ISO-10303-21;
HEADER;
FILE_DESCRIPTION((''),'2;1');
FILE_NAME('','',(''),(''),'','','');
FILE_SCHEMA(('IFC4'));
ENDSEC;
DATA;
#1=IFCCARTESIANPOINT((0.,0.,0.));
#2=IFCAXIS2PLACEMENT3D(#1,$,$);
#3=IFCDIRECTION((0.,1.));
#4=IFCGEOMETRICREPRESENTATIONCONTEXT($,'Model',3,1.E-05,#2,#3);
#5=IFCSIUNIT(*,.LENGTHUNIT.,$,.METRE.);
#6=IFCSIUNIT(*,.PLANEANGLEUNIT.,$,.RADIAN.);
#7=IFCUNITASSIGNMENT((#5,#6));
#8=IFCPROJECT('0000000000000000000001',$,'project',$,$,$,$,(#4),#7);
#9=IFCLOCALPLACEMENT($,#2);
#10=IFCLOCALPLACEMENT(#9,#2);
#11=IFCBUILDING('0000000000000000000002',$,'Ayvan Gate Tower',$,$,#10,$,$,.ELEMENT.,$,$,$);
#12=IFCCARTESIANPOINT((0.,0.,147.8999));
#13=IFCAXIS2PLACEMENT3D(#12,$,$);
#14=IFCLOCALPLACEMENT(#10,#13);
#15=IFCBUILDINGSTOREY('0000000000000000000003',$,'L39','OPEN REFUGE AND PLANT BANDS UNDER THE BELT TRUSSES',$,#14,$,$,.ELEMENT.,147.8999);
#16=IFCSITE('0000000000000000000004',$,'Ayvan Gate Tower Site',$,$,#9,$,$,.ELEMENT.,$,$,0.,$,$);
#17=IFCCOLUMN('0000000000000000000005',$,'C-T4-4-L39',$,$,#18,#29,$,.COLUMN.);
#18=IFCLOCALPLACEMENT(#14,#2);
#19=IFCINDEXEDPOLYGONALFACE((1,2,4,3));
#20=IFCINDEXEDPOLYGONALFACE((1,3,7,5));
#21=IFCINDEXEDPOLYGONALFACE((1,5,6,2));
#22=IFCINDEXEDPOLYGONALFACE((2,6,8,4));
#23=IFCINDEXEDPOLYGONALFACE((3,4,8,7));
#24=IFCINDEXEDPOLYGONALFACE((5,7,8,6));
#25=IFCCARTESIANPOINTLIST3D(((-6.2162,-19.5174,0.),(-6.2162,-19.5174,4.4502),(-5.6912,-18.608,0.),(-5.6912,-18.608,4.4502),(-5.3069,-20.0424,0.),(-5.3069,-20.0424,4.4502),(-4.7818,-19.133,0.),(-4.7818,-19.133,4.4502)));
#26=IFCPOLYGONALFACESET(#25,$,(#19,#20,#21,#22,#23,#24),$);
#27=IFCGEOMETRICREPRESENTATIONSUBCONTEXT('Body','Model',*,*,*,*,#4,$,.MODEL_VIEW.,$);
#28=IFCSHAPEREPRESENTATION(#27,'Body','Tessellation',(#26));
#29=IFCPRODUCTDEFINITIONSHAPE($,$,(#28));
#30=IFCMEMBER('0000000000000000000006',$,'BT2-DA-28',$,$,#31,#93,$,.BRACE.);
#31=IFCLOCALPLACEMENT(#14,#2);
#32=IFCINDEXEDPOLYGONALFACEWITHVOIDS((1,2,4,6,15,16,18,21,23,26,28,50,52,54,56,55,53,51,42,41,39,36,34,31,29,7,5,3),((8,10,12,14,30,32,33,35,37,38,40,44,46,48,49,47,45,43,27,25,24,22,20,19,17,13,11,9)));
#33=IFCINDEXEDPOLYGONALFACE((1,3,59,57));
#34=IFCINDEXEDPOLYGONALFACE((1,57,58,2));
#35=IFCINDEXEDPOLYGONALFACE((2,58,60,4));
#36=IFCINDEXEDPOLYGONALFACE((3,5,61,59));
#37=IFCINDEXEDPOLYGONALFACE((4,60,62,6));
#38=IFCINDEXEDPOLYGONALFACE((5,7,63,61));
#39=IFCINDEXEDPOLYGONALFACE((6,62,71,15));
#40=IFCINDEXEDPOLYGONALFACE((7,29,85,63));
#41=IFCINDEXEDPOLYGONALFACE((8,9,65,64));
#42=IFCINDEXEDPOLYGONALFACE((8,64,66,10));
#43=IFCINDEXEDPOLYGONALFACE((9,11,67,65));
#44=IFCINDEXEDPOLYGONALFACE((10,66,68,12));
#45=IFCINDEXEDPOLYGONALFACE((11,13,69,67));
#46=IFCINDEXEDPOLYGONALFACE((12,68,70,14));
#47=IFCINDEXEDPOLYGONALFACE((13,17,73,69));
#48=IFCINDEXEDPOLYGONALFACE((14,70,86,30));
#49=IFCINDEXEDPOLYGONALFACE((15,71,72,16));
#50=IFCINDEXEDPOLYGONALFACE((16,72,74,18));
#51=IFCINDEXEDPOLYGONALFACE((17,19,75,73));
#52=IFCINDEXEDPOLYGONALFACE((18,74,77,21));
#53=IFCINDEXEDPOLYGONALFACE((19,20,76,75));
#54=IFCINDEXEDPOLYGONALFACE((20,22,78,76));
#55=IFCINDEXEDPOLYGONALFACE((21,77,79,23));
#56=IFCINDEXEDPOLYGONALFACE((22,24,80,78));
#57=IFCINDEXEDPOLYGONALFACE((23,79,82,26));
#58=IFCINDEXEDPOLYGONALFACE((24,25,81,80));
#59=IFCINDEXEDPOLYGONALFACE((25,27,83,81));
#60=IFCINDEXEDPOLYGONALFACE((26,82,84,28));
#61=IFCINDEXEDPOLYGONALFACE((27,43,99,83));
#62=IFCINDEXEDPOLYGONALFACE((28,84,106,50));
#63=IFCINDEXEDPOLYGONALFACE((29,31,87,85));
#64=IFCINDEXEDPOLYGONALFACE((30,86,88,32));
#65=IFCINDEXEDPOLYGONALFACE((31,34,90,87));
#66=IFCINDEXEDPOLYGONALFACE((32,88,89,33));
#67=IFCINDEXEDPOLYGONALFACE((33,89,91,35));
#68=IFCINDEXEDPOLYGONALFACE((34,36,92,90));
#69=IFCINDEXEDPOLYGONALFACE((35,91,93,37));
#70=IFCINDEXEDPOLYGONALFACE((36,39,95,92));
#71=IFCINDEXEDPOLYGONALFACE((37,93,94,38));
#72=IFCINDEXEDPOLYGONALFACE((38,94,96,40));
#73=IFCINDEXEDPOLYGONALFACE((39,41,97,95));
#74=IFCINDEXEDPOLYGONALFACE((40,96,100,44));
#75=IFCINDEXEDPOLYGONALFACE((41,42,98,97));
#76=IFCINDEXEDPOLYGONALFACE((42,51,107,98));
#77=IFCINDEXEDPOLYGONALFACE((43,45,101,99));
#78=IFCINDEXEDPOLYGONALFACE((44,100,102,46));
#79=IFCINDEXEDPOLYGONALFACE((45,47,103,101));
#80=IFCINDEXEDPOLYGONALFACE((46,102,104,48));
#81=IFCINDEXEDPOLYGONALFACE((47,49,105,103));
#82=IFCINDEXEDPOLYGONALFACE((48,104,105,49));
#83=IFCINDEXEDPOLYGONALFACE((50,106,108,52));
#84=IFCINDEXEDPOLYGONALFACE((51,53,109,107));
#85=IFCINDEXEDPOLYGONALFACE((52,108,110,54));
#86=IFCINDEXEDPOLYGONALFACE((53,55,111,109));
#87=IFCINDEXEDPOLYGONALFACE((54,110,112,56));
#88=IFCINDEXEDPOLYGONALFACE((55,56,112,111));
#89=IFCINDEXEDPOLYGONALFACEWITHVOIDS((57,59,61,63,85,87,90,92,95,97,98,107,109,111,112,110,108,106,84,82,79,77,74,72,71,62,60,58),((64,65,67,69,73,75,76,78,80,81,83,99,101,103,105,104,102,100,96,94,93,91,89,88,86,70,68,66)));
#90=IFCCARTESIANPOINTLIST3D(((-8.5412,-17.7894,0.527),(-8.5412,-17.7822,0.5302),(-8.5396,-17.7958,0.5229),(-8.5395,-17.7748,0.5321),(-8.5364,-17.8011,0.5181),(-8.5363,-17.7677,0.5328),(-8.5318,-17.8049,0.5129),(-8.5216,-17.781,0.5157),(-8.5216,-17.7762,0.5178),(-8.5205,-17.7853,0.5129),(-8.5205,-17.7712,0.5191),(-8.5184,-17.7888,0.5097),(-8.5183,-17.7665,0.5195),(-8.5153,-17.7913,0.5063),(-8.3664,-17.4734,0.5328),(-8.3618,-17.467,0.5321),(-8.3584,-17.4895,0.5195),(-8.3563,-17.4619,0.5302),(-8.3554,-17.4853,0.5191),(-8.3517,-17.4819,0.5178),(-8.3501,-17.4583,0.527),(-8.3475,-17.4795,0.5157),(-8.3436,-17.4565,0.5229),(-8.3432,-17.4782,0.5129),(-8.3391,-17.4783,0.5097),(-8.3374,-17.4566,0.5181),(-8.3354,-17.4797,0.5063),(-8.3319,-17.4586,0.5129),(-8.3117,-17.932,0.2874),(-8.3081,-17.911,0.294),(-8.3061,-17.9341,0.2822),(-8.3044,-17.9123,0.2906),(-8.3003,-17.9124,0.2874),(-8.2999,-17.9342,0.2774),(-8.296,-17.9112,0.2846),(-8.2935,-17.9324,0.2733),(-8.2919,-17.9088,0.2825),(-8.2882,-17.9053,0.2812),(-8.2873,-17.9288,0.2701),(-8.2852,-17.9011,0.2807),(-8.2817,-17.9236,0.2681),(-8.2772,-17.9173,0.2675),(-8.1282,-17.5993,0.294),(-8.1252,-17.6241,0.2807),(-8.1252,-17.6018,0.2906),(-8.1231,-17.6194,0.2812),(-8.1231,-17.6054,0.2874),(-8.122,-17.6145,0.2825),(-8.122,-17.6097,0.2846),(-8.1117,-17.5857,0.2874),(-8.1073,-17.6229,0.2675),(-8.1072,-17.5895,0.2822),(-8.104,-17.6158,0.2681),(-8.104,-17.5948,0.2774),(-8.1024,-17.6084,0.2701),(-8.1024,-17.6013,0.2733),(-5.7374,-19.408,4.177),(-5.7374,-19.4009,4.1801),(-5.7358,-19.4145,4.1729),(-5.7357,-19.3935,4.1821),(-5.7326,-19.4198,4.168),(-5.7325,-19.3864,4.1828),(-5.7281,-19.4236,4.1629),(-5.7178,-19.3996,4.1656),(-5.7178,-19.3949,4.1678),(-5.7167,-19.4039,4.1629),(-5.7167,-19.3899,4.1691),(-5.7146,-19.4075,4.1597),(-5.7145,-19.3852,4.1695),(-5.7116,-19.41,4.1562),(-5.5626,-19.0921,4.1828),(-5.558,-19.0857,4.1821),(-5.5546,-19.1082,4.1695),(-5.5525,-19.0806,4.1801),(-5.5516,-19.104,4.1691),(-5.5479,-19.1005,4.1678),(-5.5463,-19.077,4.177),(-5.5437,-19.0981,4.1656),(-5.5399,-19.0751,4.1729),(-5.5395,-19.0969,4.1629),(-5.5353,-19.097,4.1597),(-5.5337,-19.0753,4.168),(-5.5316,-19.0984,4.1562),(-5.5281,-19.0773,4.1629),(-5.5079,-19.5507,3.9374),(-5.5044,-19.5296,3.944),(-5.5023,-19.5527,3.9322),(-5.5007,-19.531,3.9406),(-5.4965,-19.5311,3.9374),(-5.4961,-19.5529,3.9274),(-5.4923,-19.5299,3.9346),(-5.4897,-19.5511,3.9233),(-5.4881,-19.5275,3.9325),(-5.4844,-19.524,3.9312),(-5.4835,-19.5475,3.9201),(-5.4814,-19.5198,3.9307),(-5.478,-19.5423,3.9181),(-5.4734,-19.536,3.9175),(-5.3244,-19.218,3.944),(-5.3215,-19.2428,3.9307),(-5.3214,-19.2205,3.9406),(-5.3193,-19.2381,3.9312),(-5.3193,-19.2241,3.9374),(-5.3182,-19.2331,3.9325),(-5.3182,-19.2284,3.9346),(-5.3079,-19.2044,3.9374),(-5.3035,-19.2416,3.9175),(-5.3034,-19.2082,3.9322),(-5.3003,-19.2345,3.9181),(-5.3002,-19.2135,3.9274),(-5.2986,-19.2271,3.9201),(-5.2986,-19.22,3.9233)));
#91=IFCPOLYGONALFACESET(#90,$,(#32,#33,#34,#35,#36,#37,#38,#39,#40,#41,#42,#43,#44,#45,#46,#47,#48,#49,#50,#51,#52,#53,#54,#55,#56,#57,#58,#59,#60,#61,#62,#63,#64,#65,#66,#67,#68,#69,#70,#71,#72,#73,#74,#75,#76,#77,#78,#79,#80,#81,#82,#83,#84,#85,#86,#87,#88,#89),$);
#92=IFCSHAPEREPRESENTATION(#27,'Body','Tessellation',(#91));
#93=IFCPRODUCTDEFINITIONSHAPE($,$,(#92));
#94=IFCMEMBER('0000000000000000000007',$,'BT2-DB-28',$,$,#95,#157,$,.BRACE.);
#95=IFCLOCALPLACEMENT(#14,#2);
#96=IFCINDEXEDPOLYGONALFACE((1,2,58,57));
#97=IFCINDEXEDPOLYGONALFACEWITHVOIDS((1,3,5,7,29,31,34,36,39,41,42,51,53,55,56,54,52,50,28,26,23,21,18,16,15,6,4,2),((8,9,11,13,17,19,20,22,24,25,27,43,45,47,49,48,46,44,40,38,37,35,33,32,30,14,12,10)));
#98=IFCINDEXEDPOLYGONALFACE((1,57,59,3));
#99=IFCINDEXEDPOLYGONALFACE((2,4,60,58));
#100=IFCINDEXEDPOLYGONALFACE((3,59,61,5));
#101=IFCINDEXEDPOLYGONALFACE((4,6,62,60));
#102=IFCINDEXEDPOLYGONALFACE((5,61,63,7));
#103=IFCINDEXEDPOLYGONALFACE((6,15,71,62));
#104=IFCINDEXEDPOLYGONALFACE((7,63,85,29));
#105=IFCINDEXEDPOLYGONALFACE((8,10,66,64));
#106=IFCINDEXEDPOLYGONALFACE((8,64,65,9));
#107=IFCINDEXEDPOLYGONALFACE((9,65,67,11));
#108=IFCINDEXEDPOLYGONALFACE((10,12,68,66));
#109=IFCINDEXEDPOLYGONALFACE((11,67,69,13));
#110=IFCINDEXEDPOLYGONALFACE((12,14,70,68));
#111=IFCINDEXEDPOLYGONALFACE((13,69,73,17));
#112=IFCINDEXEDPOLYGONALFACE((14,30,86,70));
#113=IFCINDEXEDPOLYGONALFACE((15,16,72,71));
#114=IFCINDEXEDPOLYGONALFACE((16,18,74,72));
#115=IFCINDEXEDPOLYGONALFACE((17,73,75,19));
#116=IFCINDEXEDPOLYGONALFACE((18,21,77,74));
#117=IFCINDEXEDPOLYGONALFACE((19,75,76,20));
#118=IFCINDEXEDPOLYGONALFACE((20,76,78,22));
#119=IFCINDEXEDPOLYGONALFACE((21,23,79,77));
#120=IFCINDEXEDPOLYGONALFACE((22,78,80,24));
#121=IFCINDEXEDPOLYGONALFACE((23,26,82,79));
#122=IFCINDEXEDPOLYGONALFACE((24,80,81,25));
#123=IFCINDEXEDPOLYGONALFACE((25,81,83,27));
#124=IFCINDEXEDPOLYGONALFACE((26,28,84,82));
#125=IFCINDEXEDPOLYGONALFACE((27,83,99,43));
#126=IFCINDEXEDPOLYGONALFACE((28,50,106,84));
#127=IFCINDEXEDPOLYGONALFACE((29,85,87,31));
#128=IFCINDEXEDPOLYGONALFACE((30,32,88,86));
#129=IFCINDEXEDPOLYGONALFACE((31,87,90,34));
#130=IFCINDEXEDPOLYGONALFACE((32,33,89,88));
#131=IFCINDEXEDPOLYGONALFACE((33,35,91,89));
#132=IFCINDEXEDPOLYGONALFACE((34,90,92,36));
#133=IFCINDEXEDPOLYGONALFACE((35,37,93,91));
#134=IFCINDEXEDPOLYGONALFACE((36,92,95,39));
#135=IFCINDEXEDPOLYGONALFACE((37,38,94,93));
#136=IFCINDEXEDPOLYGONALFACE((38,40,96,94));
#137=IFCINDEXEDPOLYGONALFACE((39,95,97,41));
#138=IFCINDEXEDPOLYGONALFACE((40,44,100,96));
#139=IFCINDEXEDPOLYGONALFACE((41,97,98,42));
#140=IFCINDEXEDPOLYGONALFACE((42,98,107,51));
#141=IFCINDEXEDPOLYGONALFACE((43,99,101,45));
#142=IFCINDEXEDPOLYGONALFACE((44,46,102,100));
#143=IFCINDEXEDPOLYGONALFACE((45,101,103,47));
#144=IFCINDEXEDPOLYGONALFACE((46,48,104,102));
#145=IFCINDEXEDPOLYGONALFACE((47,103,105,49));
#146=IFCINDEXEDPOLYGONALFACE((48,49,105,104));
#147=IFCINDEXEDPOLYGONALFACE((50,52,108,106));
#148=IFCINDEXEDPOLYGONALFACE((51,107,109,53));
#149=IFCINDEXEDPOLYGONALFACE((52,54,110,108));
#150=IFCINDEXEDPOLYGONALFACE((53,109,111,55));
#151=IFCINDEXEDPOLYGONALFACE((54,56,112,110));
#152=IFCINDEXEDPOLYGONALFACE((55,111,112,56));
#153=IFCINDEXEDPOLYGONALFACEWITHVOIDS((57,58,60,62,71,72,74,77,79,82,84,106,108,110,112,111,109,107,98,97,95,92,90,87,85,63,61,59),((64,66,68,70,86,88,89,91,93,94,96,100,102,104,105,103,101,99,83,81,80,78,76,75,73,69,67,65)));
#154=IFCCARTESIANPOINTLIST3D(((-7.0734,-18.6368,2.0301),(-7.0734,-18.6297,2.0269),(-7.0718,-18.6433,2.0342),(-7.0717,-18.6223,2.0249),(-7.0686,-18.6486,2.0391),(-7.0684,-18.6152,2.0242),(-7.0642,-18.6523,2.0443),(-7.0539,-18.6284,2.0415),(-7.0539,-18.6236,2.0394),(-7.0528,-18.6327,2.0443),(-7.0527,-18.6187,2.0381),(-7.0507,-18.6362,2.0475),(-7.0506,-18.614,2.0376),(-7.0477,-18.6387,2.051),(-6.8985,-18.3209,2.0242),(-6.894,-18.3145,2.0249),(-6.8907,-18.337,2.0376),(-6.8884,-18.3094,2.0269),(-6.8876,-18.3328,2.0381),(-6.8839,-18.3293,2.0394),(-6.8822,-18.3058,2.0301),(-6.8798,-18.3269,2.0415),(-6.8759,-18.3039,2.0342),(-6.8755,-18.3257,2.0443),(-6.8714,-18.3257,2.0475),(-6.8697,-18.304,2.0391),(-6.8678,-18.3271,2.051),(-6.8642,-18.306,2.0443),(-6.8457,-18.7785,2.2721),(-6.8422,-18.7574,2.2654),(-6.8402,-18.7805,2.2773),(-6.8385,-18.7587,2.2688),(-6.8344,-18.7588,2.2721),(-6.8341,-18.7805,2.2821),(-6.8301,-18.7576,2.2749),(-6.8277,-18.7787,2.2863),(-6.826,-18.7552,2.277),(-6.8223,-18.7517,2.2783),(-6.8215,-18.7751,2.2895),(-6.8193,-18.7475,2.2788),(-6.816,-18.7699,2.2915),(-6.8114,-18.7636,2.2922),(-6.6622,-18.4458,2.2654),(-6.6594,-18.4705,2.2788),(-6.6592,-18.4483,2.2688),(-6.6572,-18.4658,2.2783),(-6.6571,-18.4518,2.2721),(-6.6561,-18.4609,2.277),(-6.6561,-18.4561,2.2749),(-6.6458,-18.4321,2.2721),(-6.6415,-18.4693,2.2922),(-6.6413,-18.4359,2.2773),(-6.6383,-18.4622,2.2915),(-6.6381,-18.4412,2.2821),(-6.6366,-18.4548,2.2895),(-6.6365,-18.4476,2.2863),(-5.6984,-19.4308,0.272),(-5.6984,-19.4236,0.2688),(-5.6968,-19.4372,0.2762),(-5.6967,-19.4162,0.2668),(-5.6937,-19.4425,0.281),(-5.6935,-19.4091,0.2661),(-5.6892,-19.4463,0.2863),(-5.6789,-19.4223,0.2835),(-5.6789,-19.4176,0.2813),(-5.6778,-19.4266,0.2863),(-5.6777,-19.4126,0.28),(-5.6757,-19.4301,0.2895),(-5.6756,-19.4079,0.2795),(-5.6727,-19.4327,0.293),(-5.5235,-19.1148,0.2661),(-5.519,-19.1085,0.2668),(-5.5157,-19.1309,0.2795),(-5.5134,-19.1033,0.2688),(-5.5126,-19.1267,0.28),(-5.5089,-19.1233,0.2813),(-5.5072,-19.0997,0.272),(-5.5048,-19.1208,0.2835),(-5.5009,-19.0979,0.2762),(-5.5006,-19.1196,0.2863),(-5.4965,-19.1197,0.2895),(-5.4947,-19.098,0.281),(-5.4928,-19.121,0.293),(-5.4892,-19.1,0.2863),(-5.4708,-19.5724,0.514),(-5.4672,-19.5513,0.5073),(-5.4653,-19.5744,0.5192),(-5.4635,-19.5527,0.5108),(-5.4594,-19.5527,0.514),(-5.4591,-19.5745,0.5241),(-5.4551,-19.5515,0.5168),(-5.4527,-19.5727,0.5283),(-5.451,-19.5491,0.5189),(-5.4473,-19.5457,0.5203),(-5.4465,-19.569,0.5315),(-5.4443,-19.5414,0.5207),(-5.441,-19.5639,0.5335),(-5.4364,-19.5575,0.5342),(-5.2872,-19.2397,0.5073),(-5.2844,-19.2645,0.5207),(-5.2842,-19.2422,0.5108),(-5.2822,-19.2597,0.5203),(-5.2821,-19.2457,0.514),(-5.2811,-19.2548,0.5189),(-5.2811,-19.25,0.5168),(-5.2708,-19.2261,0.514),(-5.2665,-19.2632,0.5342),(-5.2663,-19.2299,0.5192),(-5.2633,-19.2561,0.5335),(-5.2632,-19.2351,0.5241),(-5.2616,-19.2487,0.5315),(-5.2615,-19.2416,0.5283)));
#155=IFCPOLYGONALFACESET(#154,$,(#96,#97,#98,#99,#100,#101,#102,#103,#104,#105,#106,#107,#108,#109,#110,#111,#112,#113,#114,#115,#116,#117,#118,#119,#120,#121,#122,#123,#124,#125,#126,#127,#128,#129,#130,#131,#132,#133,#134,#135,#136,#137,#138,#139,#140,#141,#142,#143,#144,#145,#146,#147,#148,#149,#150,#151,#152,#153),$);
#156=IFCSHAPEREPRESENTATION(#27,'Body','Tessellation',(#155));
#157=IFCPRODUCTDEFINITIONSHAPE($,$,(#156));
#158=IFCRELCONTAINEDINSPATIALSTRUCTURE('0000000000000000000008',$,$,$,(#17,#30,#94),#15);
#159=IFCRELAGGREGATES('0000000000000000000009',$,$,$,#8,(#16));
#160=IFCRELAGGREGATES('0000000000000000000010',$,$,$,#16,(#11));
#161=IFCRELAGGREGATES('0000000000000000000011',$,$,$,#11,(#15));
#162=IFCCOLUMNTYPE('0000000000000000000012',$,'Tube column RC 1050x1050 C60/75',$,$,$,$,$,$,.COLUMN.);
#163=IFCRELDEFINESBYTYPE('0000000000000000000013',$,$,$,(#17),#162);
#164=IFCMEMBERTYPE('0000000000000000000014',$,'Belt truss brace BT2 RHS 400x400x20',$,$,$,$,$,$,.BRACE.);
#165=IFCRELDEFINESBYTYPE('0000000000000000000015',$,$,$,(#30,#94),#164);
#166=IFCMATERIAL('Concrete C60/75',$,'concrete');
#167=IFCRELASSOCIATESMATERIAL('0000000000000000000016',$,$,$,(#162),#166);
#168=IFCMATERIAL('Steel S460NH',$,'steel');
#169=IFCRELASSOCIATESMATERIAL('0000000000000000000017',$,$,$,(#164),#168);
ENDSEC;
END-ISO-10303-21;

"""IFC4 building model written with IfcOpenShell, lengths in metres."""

from ifc_helpers import new_model, si_unit, direction, frame, origin, origin_2d, place, context, subcontext, project, spatial, rectangle, hollow_rectangle, extrude, material, material_profile, profile_set, type_object, element, save


model = new_model("IFC4")

# Units and contexts
model_context = context("Model", 3, precision=1e-05, world=origin(), true_north=direction((0.0, 1.0)))
body_context = subcontext(model_context, "Body", "Model", "MODEL_VIEW")
ifc_project = project(units=[si_unit("LENGTHUNIT", "METRE"), si_unit("PLANEANGLEUNIT", "RADIAN")], contexts=[model_context])

# Site, building, storey
site_placement = place(None, origin())
site = spatial("IfcSite", under=ifc_project, at=site_placement, Name="Ayvan Gate Tower Site", CompositionType="ELEMENT", RefElevation=0.0)
building_placement = place(site_placement, origin())
building = spatial("IfcBuilding", under=site, at=building_placement, Name="Ayvan Gate Tower", CompositionType="ELEMENT")
storey_placement = place(building_placement, frame((0.0, 0.0, 147.8999)))
storey = spatial("IfcBuildingStorey", under=building, at=storey_placement, Name="L39", Description="OPEN REFUGE AND PLANT BANDS UNDER THE BELT TRUSSES", CompositionType="ELEMENT", Elevation=147.8999)

# Column
ifc_material_1 = material(Name="Concrete C60/75", Category="concrete")
ifc_material_profile_1 = material_profile(ifc_material_1, rectangle(XDim=1.05, YDim=1.05, at=origin_2d()), Name="RC 1050x1050")
ifc_profile_set_1 = profile_set([ifc_material_profile_1], Name="Concrete C60/75")
column_type = type_object("IfcColumnType", Name="Tube column RC 1050x1050 C60/75", PredefinedType="COLUMN", material=ifc_profile_set_1)
column_placement = place(storey_placement, frame((-5.499, -19.3252, 0.0), z_axis=(0.0, 0.0, 1.0), x_axis=(-0.5, -0.866025, 0.0)))
element("IfcColumn", 1, at=column_placement, inside=storey, type_object=column_type, Name="C-T4-4-L39", PredefinedType="COLUMN", context=body_context, shape_type="SweptSolid", body=[
    extrude(rectangle(XDim=1.05, YDim=1.05, at=origin_2d()), origin(), (0.0, 0.0, 1.0), 4.4502),
])

# Members
ifc_material_2 = material(Name="Steel S460NH", Category="steel")
ifc_material_profile_2 = material_profile(ifc_material_2, hollow_rectangle(XDim=0.3999, YDim=0.3999, WallThickness=0.02, InnerFilletRadius=0.02, OuterFilletRadius=0.03, at=origin_2d()), Name="RHS 400x400x20")
ifc_profile_set_2 = profile_set([ifc_material_profile_2], Name="Steel S460NH")
member_type_1 = type_object("IfcMemberType", Name="Belt truss brace BT2 RHS 400x400x20", PredefinedType="BRACE", material=ifc_profile_set_2)
member_1_placement = place(storey_placement, frame((-8.3218, -17.6953, 0.4001), z_axis=(0.574673, -0.331773, 0.748116), x_axis=(0.499984, 0.866035, 0.0)))
element("IfcMember", 2, at=member_1_placement, inside=storey, type_object=member_type_1, Name="BT2-DA-28", PredefinedType="BRACE", context=body_context, shape_type="SweptSolid", body=[
    extrude(hollow_rectangle(XDim=0.3999, YDim=0.3999, WallThickness=0.02, InnerFilletRadius=0.02, OuterFilletRadius=0.03, at=origin_2d()), origin(), (0.0, 0.0, 1.0), 4.8789),
])
member_2_placement = place(storey_placement, frame((-5.48, -19.3362, 0.4001), z_axis=(-0.580436, 0.335152, 0.742137), x_axis=(-0.500042, -0.866001, 0.0)))
element("IfcMember", 3, at=member_2_placement, inside=storey, type_object=member_type_1, Name="BT2-DB-28", PredefinedType="BRACE", context=body_context, shape_type="SweptSolid", body=[
    extrude(hollow_rectangle(XDim=0.3999, YDim=0.3999, WallThickness=0.02, InnerFilletRadius=0.02, OuterFilletRadius=0.03, at=origin_2d()), origin(), (0.0, 0.0, 1.0), 2.3689),
])

save(model, "model.ifc")
